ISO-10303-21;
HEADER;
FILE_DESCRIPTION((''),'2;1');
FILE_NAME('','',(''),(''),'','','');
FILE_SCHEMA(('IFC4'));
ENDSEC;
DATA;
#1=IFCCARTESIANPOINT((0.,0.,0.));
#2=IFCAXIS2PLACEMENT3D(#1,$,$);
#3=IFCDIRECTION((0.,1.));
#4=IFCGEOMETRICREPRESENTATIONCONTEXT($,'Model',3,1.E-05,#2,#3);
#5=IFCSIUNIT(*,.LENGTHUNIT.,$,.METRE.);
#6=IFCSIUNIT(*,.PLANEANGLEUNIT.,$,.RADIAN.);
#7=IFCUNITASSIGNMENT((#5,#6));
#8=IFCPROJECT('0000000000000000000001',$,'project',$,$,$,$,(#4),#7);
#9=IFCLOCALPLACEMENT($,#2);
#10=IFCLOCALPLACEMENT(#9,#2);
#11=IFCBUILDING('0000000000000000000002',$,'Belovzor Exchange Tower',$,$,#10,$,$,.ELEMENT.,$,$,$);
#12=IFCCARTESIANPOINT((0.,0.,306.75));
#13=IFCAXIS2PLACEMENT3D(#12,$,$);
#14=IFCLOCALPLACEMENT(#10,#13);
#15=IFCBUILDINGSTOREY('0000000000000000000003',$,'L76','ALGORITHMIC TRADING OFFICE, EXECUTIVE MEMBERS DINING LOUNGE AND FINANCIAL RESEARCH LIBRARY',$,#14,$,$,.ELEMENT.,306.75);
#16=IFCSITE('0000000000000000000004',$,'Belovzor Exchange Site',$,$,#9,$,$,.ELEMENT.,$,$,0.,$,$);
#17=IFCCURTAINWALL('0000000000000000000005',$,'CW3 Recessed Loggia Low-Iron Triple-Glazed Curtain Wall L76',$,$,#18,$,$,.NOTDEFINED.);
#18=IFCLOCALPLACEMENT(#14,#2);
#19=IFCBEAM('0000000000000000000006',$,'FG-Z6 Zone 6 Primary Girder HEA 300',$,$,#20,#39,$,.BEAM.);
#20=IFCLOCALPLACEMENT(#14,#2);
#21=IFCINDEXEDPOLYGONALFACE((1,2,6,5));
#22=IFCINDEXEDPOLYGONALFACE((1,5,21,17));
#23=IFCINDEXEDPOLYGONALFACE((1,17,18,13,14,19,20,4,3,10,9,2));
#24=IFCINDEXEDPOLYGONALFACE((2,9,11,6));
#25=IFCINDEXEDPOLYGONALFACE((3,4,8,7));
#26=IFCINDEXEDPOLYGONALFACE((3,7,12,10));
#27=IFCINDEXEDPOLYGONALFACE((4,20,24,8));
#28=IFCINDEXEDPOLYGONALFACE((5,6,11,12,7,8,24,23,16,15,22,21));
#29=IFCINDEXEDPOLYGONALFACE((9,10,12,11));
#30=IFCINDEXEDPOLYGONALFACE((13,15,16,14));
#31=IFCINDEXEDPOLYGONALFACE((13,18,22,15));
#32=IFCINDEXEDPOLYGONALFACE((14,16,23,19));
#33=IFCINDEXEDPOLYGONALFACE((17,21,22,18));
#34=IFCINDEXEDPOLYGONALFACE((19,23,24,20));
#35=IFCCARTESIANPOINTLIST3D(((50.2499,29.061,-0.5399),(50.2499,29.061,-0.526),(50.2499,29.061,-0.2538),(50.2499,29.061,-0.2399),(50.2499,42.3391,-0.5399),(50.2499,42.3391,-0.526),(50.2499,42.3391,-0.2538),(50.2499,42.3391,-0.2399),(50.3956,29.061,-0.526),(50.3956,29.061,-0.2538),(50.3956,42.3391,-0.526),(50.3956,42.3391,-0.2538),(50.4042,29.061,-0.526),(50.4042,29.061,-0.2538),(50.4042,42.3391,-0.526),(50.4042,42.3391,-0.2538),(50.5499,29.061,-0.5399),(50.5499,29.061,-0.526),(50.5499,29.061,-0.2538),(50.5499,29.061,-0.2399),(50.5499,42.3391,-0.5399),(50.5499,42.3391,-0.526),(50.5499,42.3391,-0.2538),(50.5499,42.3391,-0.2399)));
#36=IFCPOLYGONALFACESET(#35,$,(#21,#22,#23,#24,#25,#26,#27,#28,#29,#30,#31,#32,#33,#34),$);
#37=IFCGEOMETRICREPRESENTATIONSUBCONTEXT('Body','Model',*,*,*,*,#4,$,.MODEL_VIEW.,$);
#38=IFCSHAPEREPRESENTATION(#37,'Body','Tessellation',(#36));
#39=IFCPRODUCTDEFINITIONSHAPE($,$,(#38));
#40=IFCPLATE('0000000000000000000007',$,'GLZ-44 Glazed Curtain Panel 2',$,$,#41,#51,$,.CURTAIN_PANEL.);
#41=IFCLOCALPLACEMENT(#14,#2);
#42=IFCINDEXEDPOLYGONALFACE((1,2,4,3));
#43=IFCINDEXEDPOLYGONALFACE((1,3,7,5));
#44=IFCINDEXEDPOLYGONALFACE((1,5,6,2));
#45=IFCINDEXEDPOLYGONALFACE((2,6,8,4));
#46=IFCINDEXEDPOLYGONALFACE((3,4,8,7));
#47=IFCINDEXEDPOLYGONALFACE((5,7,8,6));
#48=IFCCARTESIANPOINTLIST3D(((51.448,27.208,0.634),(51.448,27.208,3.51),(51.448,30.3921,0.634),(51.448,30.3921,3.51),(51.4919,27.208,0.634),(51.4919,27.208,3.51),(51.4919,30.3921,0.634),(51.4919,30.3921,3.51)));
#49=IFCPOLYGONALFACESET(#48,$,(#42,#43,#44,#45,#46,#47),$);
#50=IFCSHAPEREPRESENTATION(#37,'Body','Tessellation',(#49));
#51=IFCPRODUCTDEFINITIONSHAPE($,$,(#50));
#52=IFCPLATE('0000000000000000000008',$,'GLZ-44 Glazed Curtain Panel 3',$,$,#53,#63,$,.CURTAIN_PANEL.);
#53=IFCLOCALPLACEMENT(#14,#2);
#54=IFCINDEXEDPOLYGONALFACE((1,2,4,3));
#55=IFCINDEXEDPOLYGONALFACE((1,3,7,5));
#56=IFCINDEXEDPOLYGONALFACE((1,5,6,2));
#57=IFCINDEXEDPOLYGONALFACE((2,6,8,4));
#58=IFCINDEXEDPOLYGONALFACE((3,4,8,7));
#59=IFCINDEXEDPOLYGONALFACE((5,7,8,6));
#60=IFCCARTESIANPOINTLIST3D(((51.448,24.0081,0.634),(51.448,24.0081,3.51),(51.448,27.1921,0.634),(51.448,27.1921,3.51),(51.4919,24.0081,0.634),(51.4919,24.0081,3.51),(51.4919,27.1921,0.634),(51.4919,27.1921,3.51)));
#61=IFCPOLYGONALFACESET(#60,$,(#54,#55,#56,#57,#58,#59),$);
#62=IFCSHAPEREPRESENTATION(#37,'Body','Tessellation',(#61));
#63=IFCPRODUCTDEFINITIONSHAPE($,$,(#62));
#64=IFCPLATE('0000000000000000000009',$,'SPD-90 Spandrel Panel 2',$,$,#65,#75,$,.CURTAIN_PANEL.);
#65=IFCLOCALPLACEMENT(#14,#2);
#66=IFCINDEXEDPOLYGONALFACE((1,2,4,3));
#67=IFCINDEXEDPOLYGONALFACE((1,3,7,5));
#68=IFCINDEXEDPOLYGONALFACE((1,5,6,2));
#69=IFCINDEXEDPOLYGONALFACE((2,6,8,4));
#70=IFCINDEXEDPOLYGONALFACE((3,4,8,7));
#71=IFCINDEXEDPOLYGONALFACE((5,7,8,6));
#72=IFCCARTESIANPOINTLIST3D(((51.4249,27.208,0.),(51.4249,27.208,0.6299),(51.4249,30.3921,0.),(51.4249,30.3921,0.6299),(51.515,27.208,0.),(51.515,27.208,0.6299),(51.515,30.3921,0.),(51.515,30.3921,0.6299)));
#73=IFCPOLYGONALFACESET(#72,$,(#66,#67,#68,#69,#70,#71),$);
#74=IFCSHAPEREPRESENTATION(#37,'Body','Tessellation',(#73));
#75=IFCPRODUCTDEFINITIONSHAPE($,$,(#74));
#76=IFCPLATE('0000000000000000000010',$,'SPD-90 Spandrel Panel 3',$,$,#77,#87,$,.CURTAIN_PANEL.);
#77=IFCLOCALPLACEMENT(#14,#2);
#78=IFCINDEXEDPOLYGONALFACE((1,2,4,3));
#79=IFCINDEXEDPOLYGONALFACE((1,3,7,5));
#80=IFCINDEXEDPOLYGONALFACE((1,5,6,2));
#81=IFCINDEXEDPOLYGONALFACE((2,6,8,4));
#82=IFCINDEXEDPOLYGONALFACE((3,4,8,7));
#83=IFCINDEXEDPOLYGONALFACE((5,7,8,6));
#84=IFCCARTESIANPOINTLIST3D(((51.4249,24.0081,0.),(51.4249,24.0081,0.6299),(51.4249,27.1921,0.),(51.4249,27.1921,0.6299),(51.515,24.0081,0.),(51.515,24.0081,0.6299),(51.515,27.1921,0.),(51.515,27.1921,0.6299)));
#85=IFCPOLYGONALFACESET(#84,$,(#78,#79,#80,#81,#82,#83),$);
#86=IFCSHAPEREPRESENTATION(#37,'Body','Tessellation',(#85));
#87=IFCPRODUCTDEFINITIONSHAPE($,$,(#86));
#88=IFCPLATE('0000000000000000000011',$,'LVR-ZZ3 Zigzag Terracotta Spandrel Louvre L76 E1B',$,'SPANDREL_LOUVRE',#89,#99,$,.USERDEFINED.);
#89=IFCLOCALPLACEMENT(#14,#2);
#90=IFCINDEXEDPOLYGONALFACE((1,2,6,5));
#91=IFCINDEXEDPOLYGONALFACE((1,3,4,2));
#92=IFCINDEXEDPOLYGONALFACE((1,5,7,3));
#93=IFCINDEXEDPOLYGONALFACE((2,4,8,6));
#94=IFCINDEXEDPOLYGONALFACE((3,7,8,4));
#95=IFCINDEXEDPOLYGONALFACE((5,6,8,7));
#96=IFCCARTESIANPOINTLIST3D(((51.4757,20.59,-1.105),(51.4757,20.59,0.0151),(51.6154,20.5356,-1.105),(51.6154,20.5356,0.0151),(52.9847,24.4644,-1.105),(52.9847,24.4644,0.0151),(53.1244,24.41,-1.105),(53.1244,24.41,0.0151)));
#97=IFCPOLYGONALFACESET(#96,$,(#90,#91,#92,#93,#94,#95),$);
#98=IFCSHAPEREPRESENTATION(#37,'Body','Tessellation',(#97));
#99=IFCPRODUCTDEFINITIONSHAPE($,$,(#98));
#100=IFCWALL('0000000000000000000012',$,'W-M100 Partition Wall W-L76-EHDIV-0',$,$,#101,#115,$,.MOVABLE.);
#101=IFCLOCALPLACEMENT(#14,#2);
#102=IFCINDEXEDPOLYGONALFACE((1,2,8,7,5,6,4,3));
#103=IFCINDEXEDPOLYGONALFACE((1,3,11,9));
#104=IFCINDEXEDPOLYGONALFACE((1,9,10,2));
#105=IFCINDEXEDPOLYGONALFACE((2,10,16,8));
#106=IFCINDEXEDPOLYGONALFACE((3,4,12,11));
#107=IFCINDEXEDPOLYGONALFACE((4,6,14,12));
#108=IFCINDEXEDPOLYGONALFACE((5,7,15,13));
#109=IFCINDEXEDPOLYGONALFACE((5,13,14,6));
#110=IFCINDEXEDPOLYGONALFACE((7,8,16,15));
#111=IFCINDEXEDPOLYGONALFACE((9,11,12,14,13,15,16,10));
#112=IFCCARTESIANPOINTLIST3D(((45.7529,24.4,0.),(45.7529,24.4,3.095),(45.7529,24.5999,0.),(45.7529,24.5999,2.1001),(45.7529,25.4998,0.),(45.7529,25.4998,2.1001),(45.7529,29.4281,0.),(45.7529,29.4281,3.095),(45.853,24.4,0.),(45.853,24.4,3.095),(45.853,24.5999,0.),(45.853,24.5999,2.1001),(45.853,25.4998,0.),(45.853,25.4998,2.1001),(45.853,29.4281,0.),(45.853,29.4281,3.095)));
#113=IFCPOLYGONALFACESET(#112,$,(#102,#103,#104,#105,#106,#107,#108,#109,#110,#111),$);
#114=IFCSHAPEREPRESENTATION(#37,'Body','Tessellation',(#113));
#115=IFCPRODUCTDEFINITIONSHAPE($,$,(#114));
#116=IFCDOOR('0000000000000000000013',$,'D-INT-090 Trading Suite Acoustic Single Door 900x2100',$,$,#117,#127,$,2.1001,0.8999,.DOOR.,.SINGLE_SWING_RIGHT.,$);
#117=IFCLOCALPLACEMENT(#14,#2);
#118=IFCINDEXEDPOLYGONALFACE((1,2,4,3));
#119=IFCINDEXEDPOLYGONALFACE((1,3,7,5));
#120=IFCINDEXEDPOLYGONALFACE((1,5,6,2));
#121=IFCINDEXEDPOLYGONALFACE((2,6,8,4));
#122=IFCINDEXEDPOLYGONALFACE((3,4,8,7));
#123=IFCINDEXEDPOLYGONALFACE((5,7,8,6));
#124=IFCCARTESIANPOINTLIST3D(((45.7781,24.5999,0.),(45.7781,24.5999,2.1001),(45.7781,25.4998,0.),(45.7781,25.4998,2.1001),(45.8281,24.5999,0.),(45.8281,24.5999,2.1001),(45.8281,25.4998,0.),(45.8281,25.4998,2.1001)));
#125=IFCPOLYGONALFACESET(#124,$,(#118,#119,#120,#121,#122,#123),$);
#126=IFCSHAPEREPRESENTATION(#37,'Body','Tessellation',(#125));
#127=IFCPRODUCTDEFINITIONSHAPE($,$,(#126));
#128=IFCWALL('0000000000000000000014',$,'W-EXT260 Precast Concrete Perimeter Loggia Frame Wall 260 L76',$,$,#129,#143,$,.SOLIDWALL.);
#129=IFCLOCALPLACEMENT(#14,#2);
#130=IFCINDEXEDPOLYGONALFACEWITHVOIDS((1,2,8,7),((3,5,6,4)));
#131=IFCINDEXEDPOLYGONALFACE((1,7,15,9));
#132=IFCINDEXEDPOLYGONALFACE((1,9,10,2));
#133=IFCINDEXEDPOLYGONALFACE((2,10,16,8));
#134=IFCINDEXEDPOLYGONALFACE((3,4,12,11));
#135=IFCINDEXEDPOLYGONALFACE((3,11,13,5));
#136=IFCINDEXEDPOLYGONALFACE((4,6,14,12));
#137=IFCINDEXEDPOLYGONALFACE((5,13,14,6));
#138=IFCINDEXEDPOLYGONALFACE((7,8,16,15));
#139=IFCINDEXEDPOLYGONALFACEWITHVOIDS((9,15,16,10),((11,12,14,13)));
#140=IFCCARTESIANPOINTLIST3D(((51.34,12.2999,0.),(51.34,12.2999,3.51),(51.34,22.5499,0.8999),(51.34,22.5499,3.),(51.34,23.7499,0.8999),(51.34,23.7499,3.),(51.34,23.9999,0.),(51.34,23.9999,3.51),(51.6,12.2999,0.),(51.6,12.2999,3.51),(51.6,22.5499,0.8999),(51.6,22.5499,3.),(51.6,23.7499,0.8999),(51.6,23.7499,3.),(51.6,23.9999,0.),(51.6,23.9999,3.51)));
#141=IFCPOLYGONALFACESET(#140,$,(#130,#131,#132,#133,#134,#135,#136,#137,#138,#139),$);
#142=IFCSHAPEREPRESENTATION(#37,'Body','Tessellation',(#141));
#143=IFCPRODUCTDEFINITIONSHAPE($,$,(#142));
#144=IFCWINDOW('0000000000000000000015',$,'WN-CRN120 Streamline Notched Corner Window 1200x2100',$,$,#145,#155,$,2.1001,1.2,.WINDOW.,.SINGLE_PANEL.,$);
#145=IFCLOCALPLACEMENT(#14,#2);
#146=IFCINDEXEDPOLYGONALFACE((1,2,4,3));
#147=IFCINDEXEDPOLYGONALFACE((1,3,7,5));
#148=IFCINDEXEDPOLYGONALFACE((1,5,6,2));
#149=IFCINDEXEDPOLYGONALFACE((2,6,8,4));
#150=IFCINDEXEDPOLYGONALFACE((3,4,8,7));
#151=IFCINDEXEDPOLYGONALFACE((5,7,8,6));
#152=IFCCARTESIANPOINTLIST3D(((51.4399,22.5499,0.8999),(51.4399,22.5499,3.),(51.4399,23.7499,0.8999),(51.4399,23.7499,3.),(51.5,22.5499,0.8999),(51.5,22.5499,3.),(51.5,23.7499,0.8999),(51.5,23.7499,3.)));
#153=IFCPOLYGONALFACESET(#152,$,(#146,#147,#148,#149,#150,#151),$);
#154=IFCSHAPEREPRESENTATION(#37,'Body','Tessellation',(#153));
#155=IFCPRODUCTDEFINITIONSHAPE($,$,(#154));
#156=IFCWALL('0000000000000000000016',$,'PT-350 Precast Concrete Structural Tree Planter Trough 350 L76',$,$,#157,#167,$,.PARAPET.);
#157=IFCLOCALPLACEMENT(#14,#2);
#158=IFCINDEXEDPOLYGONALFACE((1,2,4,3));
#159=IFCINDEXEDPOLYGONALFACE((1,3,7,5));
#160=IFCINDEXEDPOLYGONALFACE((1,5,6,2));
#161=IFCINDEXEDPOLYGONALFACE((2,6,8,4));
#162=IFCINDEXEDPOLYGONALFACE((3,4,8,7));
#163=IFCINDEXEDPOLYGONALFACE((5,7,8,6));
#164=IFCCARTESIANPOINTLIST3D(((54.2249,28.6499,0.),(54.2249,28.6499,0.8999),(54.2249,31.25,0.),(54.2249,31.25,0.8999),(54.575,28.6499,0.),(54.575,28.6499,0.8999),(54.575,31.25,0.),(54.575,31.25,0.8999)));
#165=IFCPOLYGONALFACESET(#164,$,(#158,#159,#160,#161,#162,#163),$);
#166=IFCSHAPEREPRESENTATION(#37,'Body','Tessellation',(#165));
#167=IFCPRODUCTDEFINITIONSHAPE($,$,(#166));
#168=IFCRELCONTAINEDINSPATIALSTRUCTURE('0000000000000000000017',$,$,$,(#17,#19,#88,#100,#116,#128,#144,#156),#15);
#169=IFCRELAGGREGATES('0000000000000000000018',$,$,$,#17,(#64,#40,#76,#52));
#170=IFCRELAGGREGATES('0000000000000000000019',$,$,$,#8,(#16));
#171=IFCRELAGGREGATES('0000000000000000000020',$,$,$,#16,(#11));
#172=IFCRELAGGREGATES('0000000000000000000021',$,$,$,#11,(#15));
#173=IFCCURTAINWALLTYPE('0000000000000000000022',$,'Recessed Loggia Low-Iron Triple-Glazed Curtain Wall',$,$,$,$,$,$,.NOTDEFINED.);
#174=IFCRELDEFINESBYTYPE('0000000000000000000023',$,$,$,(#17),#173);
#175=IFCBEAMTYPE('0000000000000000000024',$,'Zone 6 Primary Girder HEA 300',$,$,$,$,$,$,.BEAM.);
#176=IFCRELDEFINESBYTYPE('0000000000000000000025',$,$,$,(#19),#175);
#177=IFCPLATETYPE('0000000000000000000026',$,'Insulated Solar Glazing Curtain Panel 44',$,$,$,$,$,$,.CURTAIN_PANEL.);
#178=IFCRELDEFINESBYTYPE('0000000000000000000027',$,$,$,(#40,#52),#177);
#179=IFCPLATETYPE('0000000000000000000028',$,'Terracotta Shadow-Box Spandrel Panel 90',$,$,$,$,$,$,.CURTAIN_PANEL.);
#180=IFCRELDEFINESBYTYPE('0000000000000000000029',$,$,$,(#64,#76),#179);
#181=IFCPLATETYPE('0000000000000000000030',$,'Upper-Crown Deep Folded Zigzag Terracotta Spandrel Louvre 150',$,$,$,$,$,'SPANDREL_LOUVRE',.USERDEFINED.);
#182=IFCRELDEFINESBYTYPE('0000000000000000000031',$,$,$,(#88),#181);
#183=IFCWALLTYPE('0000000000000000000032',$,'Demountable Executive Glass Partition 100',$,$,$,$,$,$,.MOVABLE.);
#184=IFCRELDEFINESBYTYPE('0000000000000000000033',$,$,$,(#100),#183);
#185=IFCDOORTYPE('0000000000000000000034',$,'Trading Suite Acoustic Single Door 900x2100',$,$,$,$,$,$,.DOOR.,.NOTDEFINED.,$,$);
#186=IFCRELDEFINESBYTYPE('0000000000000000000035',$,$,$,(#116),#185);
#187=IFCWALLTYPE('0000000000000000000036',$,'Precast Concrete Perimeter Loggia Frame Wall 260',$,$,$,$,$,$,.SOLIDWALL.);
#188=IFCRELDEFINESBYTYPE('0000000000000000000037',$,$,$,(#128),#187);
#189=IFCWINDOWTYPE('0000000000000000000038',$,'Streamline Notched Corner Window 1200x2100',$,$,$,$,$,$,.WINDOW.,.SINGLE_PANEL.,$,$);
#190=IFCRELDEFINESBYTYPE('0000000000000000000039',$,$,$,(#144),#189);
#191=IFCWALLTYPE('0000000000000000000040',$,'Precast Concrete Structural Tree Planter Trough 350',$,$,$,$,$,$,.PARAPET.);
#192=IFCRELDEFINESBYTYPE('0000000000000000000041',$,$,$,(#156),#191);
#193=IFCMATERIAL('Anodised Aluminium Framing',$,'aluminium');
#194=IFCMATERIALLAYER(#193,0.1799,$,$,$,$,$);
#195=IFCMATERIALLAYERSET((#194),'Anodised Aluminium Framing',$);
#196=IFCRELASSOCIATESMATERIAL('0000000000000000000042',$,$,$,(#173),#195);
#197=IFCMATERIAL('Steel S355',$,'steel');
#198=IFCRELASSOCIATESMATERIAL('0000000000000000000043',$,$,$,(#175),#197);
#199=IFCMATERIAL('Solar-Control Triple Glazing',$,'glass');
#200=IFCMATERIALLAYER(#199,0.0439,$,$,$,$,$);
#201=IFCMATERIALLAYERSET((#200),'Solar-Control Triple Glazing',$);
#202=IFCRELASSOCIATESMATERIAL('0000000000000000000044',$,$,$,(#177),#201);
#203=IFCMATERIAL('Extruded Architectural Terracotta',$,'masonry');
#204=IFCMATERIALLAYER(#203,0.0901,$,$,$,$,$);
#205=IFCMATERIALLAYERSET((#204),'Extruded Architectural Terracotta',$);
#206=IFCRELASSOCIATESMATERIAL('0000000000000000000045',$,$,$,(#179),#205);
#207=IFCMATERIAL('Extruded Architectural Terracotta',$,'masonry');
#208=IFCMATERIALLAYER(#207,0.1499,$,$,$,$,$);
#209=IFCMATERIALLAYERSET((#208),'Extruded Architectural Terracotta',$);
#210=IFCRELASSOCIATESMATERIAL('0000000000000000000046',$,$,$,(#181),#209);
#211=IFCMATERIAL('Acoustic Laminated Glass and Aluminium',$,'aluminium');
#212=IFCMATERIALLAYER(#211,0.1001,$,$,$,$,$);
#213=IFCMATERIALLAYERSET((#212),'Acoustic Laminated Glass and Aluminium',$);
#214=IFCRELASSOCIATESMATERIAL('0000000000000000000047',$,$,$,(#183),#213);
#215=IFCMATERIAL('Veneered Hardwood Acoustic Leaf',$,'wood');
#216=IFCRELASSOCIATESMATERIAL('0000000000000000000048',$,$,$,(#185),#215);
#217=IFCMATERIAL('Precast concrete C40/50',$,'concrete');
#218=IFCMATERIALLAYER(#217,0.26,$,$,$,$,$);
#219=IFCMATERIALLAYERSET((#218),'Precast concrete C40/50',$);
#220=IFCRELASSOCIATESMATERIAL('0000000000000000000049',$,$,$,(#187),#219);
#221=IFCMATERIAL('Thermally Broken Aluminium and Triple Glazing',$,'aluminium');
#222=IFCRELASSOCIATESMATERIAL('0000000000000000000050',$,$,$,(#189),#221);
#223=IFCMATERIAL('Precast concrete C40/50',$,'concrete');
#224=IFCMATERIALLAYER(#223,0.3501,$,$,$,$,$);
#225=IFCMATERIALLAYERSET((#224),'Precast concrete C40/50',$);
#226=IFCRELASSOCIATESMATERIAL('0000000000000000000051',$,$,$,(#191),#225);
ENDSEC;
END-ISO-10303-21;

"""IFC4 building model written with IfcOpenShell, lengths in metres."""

from ifc_helpers import new_model, si_unit, direction, frame, frame_2d, origin, origin_2d, place, context, subcontext, project, spatial, rectangle, i_section, extrude, material, layer, layer_set, material_profile, profile_set, type_object, element, fill, aggregate, save


model = new_model("IFC4")

# Units and contexts
model_context = context("Model", 3, precision=1e-05, world=origin(), true_north=direction((0.0, 1.0)))
body_context = subcontext(model_context, "Body", "Model", "MODEL_VIEW")
ifc_project = project(units=[si_unit("LENGTHUNIT", "METRE"), si_unit("PLANEANGLEUNIT", "RADIAN")], contexts=[model_context])

# Site, building, storey
site_placement = place(None, origin())
site = spatial("IfcSite", under=ifc_project, at=site_placement, Name="Belovzor Exchange Site", CompositionType="ELEMENT", RefElevation=0.0)
building_placement = place(site_placement, origin())
building = spatial("IfcBuilding", under=site, at=building_placement, Name="Belovzor Exchange Tower", CompositionType="ELEMENT")
storey_placement = place(building_placement, frame((0.0, 0.0, 306.75)))
storey = spatial("IfcBuildingStorey", under=building, at=storey_placement, Name="L76", Description="ALGORITHMIC TRADING OFFICE, EXECUTIVE MEMBERS DINING LOUNGE AND FINANCIAL RESEARCH LIBRARY", CompositionType="ELEMENT", Elevation=306.75)

# Curtain wall
ifc_material_1 = material(Name="Anodised Aluminium Framing", Category="aluminium")
ifc_layer_1 = layer(ifc_material_1, 0.1799)
ifc_layer_set_1 = layer_set([ifc_layer_1], Name="Anodised Aluminium Framing")
curtain_wall_type = type_object("IfcCurtainWallType", Name="Recessed Loggia Low-Iron Triple-Glazed Curtain Wall", PredefinedType="NOTDEFINED", material=ifc_layer_set_1)
curtain_wall_placement = place(storey_placement, origin())
curtain_wall = element("IfcCurtainWall", 1, at=curtain_wall_placement, inside=storey, type_object=curtain_wall_type, Name="CW3 Recessed Loggia Low-Iron Triple-Glazed Curtain Wall L76", PredefinedType="NOTDEFINED")

# Beam
ifc_material_2 = material(Name="Steel S355", Category="steel")
ifc_material_profile_1 = material_profile(ifc_material_2, i_section(OverallWidth=0.3, OverallDepth=0.3, WebThickness=0.0085, FlangeThickness=0.0139, at=origin_2d()))
ifc_profile_set_1 = profile_set([ifc_material_profile_1], Name="Steel S355")
beam_type_1 = type_object("IfcBeamType", Name="Zone 6 Primary Girder HEA 300", PredefinedType="BEAM", material=ifc_profile_set_1)
beam_1_placement = place(storey_placement, frame((50.3999, 29.061, -0.3899), z_axis=(0.0, 1.0, 0.0), x_axis=(-1.0, 0.0, 0.0)))
element("IfcBeam", 2, at=beam_1_placement, inside=storey, type_object=beam_type_1, Name="FG-Z6 Zone 6 Primary Girder HEA 300", PredefinedType="BEAM", context=body_context, shape_type="SweptSolid", body=[
    extrude(i_section(OverallWidth=0.3, OverallDepth=0.3, WebThickness=0.0085, FlangeThickness=0.0139, at=origin_2d()), origin(), (0.0, 0.0, 1.0), 13.2781),
])

# Plates
ifc_material_3 = material(Name="Solar-Control Triple Glazing", Category="glass")
ifc_layer_2 = layer(ifc_material_3, 0.0439)
ifc_layer_set_2 = layer_set([ifc_layer_2], Name="Solar-Control Triple Glazing")
plate_type_1 = type_object("IfcPlateType", Name="Insulated Solar Glazing Curtain Panel 44", PredefinedType="CURTAIN_PANEL", material=ifc_layer_set_2)
plate_1_placement = place(storey_placement, frame((51.47, 28.8, 0.634), z_axis=(0.0, 0.0, 1.0), x_axis=(0.0, -1.0, 0.0)))
plate_1 = element("IfcPlate", 3, at=plate_1_placement, type_object=plate_type_1, Name="GLZ-44 Glazed Curtain Panel 2", PredefinedType="CURTAIN_PANEL", context=body_context, shape_type="SweptSolid", body=[
    extrude(rectangle(XDim=3.1841, YDim=0.0439, at=origin_2d()), origin(), (0.0, 0.0, 1.0), 2.876),
])
plate_2_placement = place(storey_placement, frame((51.47, 25.6001, 0.634), z_axis=(0.0, 0.0, 1.0), x_axis=(0.0, -1.0, 0.0)))
plate_2 = element("IfcPlate", 4, at=plate_2_placement, type_object=plate_type_1, Name="GLZ-44 Glazed Curtain Panel 3", PredefinedType="CURTAIN_PANEL", context=body_context, shape_type="SweptSolid", body=[
    extrude(rectangle(XDim=3.1841, YDim=0.0439, at=origin_2d()), origin(), (0.0, 0.0, 1.0), 2.876),
])
ifc_material_4 = material(Name="Extruded Architectural Terracotta", Category="masonry")
ifc_layer_3 = layer(ifc_material_4, 0.0901)
ifc_layer_set_3 = layer_set([ifc_layer_3], Name="Extruded Architectural Terracotta")
plate_type_2 = type_object("IfcPlateType", Name="Terracotta Shadow-Box Spandrel Panel 90", PredefinedType="CURTAIN_PANEL", material=ifc_layer_set_3)
plate_3_placement = place(storey_placement, frame((51.47, 28.8, 0.0), z_axis=(0.0, 0.0, 1.0), x_axis=(0.0, -1.0, 0.0)))
plate_3 = element("IfcPlate", 5, at=plate_3_placement, type_object=plate_type_2, Name="SPD-90 Spandrel Panel 2", PredefinedType="CURTAIN_PANEL", context=body_context, shape_type="SweptSolid", body=[
    extrude(rectangle(XDim=3.1841, YDim=0.0901, at=origin_2d()), origin(), (0.0, 0.0, 1.0), 0.6299),
])
plate_4_placement = place(storey_placement, frame((51.47, 25.6001, 0.0), z_axis=(0.0, 0.0, 1.0), x_axis=(0.0, -1.0, 0.0)))
plate_4 = element("IfcPlate", 6, at=plate_4_placement, type_object=plate_type_2, Name="SPD-90 Spandrel Panel 3", PredefinedType="CURTAIN_PANEL", context=body_context, shape_type="SweptSolid", body=[
    extrude(rectangle(XDim=3.1841, YDim=0.0901, at=origin_2d()), origin(), (0.0, 0.0, 1.0), 0.6299),
])
aggregate(curtain_wall, [plate_3, plate_1, plate_4, plate_2])
ifc_material_5 = material(Name="Extruded Architectural Terracotta", Category="masonry")
ifc_layer_4 = layer(ifc_material_5, 0.1499)
ifc_layer_set_4 = layer_set([ifc_layer_4], Name="Extruded Architectural Terracotta")
plate_type_3 = type_object("IfcPlateType", Name="Upper-Crown Deep Folded Zigzag Terracotta Spandrel Louvre 150", ElementType="SPANDREL_LOUVRE", PredefinedType="USERDEFINED", material=ifc_layer_set_4)
plate_5_placement = place(storey_placement, frame((52.3, 22.5, -1.105), z_axis=(0.0, 0.0, 1.0), x_axis=(0.362926, 0.931818, 0.0)))
element("IfcPlate", 7, at=plate_5_placement, inside=storey, type_object=plate_type_3, Name="LVR-ZZ3 Zigzag Terracotta Spandrel Louvre L76 E1B", ObjectType="SPANDREL_LOUVRE", PredefinedType="USERDEFINED", context=body_context, shape_type="SweptSolid", body=[
    extrude(rectangle(XDim=4.158, YDim=0.1499, at=origin_2d()), origin(), (0.0, 0.0, 1.0), 1.1201),
])

# Wall, opening, door
ifc_material_6 = material(Name="Acoustic Laminated Glass and Aluminium", Category="aluminium")
ifc_layer_5 = layer(ifc_material_6, 0.1001)
ifc_layer_set_5 = layer_set([ifc_layer_5], Name="Acoustic Laminated Glass and Aluminium")
wall_type_1 = type_object("IfcWallType", Name="Demountable Executive Glass Partition 100", PredefinedType="MOVABLE", material=ifc_layer_set_5)
wall_1_placement = place(storey_placement, frame((45.803, 24.3999, 0.0), z_axis=(0.0, 0.0, 1.0), x_axis=(0.0, 1.0, 0.0)))
wall_1 = element("IfcWall", 8, at=wall_1_placement, inside=storey, type_object=wall_type_1, Name="W-M100 Partition Wall W-L76-EHDIV-0", PredefinedType="MOVABLE", context=body_context, shape_type="SweptSolid", body=[
    extrude(rectangle(XDim=5.0281, YDim=0.1001, at=frame_2d((2.5142, 0.0))), origin(), (0.0, 0.0, 1.0), 3.095),
])
opening_1_placement = place(wall_1_placement, frame((0.2, 0.0, 0.0)))
opening_1 = element("IfcOpeningElement", 9, at=opening_1_placement, cuts=wall_1, PredefinedType="OPENING", context=body_context, shape_type="SweptSolid", body=[
    extrude(rectangle(XDim=0.8999, YDim=2.1001, at=frame_2d((0.45, 1.05))), frame((0.0, 0.0601, 0.0), z_axis=(0.0, -1.0, 0.0), x_axis=(1.0, 0.0, 0.0)), (0.0, 0.0, 1.0), 0.1201),
])
ifc_material_7 = material(Name="Veneered Hardwood Acoustic Leaf", Category="wood")
door_type = type_object("IfcDoorType", Name="Trading Suite Acoustic Single Door 900x2100", OperationType="NOTDEFINED", PredefinedType="DOOR", material=ifc_material_7)
door_placement = place(opening_1_placement, origin())
door = element("IfcDoor", 10, at=door_placement, inside=storey, type_object=door_type, Name="D-INT-090 Trading Suite Acoustic Single Door 900x2100", OperationType="SINGLE_SWING_RIGHT", OverallHeight=2.1001, OverallWidth=0.8999, PredefinedType="DOOR", context=body_context, shape_type="SweptSolid", body=[
    extrude(rectangle(XDim=0.8999, YDim=2.1001, at=frame_2d((0.45, 1.05))), frame((0.0, 0.0249, 0.0), z_axis=(0.0, -1.0, 0.0), x_axis=(1.0, 0.0, 0.0)), (0.0, 0.0, 1.0), 0.05),
])
fill(opening_1, door)

# Wall, opening, window
ifc_material_8 = material(Name="Precast concrete C40/50", Category="concrete")
ifc_layer_6 = layer(ifc_material_8, 0.26)
ifc_layer_set_6 = layer_set([ifc_layer_6], Name="Precast concrete C40/50")
wall_type_2 = type_object("IfcWallType", Name="Precast Concrete Perimeter Loggia Frame Wall 260", PredefinedType="SOLIDWALL", material=ifc_layer_set_6)
wall_2_placement = place(storey_placement, frame((51.47, 24.0, 0.0), z_axis=(0.0, 0.0, 1.0), x_axis=(0.0, -1.0, 0.0)))
wall_2 = element("IfcWall", 11, at=wall_2_placement, inside=storey, type_object=wall_type_2, Name="W-EXT260 Precast Concrete Perimeter Loggia Frame Wall 260 L76", PredefinedType="SOLIDWALL", context=body_context, shape_type="SweptSolid", body=[
    extrude(rectangle(XDim=11.7, YDim=0.26, at=frame_2d((5.8501, 0.0))), origin(), (0.0, 0.0, 1.0), 3.51),
])
opening_2_placement = place(wall_2_placement, frame((0.25, 0.0, 0.8999)))
opening_2 = element("IfcOpeningElement", 12, at=opening_2_placement, cuts=wall_2, PredefinedType="OPENING", context=body_context, shape_type="SweptSolid", body=[
    extrude(rectangle(XDim=1.2, YDim=2.1001, at=frame_2d((0.6001, 1.05))), frame((0.0, 0.1399, 0.0), z_axis=(0.0, -1.0, 0.0), x_axis=(1.0, 0.0, 0.0)), (0.0, 0.0, 1.0), 0.28),
])
ifc_material_9 = material(Name="Thermally Broken Aluminium and Triple Glazing", Category="aluminium")
window_type = type_object("IfcWindowType", Name="Streamline Notched Corner Window 1200x2100", PartitioningType="SINGLE_PANEL", PredefinedType="WINDOW", material=ifc_material_9)
window_placement = place(opening_2_placement, origin())
window = element("IfcWindow", 13, at=window_placement, inside=storey, type_object=window_type, Name="WN-CRN120 Streamline Notched Corner Window 1200x2100", OverallHeight=2.1001, OverallWidth=1.2, PartitioningType="SINGLE_PANEL", PredefinedType="WINDOW", context=body_context, shape_type="SweptSolid", body=[
    extrude(rectangle(XDim=1.2, YDim=2.1001, at=frame_2d((0.6001, 1.05))), frame((0.0, 0.03, 0.0), z_axis=(0.0, -1.0, 0.0), x_axis=(1.0, 0.0, 0.0)), (0.0, 0.0, 1.0), 0.0601),
])
fill(opening_2, window)

# Wall
ifc_material_10 = material(Name="Precast concrete C40/50", Category="concrete")
ifc_layer_7 = layer(ifc_material_10, 0.3501)
ifc_layer_set_7 = layer_set([ifc_layer_7], Name="Precast concrete C40/50")
wall_type_3 = type_object("IfcWallType", Name="Precast Concrete Structural Tree Planter Trough 350", PredefinedType="PARAPET", material=ifc_layer_set_7)
wall_3_placement = place(storey_placement, frame((54.3999, 28.6499, 0.0), z_axis=(0.0, 0.0, 1.0), x_axis=(0.0, 1.0, 0.0)))
element("IfcWall", 14, at=wall_3_placement, inside=storey, type_object=wall_type_3, Name="PT-350 Precast Concrete Structural Tree Planter Trough 350 L76", PredefinedType="PARAPET", context=body_context, shape_type="SweptSolid", body=[
    extrude(rectangle(XDim=2.6001, YDim=0.3501, at=frame_2d((1.3, 0.0))), origin(), (0.0, 0.0, 1.0), 0.8999),
])

save(model, "model.ifc")
